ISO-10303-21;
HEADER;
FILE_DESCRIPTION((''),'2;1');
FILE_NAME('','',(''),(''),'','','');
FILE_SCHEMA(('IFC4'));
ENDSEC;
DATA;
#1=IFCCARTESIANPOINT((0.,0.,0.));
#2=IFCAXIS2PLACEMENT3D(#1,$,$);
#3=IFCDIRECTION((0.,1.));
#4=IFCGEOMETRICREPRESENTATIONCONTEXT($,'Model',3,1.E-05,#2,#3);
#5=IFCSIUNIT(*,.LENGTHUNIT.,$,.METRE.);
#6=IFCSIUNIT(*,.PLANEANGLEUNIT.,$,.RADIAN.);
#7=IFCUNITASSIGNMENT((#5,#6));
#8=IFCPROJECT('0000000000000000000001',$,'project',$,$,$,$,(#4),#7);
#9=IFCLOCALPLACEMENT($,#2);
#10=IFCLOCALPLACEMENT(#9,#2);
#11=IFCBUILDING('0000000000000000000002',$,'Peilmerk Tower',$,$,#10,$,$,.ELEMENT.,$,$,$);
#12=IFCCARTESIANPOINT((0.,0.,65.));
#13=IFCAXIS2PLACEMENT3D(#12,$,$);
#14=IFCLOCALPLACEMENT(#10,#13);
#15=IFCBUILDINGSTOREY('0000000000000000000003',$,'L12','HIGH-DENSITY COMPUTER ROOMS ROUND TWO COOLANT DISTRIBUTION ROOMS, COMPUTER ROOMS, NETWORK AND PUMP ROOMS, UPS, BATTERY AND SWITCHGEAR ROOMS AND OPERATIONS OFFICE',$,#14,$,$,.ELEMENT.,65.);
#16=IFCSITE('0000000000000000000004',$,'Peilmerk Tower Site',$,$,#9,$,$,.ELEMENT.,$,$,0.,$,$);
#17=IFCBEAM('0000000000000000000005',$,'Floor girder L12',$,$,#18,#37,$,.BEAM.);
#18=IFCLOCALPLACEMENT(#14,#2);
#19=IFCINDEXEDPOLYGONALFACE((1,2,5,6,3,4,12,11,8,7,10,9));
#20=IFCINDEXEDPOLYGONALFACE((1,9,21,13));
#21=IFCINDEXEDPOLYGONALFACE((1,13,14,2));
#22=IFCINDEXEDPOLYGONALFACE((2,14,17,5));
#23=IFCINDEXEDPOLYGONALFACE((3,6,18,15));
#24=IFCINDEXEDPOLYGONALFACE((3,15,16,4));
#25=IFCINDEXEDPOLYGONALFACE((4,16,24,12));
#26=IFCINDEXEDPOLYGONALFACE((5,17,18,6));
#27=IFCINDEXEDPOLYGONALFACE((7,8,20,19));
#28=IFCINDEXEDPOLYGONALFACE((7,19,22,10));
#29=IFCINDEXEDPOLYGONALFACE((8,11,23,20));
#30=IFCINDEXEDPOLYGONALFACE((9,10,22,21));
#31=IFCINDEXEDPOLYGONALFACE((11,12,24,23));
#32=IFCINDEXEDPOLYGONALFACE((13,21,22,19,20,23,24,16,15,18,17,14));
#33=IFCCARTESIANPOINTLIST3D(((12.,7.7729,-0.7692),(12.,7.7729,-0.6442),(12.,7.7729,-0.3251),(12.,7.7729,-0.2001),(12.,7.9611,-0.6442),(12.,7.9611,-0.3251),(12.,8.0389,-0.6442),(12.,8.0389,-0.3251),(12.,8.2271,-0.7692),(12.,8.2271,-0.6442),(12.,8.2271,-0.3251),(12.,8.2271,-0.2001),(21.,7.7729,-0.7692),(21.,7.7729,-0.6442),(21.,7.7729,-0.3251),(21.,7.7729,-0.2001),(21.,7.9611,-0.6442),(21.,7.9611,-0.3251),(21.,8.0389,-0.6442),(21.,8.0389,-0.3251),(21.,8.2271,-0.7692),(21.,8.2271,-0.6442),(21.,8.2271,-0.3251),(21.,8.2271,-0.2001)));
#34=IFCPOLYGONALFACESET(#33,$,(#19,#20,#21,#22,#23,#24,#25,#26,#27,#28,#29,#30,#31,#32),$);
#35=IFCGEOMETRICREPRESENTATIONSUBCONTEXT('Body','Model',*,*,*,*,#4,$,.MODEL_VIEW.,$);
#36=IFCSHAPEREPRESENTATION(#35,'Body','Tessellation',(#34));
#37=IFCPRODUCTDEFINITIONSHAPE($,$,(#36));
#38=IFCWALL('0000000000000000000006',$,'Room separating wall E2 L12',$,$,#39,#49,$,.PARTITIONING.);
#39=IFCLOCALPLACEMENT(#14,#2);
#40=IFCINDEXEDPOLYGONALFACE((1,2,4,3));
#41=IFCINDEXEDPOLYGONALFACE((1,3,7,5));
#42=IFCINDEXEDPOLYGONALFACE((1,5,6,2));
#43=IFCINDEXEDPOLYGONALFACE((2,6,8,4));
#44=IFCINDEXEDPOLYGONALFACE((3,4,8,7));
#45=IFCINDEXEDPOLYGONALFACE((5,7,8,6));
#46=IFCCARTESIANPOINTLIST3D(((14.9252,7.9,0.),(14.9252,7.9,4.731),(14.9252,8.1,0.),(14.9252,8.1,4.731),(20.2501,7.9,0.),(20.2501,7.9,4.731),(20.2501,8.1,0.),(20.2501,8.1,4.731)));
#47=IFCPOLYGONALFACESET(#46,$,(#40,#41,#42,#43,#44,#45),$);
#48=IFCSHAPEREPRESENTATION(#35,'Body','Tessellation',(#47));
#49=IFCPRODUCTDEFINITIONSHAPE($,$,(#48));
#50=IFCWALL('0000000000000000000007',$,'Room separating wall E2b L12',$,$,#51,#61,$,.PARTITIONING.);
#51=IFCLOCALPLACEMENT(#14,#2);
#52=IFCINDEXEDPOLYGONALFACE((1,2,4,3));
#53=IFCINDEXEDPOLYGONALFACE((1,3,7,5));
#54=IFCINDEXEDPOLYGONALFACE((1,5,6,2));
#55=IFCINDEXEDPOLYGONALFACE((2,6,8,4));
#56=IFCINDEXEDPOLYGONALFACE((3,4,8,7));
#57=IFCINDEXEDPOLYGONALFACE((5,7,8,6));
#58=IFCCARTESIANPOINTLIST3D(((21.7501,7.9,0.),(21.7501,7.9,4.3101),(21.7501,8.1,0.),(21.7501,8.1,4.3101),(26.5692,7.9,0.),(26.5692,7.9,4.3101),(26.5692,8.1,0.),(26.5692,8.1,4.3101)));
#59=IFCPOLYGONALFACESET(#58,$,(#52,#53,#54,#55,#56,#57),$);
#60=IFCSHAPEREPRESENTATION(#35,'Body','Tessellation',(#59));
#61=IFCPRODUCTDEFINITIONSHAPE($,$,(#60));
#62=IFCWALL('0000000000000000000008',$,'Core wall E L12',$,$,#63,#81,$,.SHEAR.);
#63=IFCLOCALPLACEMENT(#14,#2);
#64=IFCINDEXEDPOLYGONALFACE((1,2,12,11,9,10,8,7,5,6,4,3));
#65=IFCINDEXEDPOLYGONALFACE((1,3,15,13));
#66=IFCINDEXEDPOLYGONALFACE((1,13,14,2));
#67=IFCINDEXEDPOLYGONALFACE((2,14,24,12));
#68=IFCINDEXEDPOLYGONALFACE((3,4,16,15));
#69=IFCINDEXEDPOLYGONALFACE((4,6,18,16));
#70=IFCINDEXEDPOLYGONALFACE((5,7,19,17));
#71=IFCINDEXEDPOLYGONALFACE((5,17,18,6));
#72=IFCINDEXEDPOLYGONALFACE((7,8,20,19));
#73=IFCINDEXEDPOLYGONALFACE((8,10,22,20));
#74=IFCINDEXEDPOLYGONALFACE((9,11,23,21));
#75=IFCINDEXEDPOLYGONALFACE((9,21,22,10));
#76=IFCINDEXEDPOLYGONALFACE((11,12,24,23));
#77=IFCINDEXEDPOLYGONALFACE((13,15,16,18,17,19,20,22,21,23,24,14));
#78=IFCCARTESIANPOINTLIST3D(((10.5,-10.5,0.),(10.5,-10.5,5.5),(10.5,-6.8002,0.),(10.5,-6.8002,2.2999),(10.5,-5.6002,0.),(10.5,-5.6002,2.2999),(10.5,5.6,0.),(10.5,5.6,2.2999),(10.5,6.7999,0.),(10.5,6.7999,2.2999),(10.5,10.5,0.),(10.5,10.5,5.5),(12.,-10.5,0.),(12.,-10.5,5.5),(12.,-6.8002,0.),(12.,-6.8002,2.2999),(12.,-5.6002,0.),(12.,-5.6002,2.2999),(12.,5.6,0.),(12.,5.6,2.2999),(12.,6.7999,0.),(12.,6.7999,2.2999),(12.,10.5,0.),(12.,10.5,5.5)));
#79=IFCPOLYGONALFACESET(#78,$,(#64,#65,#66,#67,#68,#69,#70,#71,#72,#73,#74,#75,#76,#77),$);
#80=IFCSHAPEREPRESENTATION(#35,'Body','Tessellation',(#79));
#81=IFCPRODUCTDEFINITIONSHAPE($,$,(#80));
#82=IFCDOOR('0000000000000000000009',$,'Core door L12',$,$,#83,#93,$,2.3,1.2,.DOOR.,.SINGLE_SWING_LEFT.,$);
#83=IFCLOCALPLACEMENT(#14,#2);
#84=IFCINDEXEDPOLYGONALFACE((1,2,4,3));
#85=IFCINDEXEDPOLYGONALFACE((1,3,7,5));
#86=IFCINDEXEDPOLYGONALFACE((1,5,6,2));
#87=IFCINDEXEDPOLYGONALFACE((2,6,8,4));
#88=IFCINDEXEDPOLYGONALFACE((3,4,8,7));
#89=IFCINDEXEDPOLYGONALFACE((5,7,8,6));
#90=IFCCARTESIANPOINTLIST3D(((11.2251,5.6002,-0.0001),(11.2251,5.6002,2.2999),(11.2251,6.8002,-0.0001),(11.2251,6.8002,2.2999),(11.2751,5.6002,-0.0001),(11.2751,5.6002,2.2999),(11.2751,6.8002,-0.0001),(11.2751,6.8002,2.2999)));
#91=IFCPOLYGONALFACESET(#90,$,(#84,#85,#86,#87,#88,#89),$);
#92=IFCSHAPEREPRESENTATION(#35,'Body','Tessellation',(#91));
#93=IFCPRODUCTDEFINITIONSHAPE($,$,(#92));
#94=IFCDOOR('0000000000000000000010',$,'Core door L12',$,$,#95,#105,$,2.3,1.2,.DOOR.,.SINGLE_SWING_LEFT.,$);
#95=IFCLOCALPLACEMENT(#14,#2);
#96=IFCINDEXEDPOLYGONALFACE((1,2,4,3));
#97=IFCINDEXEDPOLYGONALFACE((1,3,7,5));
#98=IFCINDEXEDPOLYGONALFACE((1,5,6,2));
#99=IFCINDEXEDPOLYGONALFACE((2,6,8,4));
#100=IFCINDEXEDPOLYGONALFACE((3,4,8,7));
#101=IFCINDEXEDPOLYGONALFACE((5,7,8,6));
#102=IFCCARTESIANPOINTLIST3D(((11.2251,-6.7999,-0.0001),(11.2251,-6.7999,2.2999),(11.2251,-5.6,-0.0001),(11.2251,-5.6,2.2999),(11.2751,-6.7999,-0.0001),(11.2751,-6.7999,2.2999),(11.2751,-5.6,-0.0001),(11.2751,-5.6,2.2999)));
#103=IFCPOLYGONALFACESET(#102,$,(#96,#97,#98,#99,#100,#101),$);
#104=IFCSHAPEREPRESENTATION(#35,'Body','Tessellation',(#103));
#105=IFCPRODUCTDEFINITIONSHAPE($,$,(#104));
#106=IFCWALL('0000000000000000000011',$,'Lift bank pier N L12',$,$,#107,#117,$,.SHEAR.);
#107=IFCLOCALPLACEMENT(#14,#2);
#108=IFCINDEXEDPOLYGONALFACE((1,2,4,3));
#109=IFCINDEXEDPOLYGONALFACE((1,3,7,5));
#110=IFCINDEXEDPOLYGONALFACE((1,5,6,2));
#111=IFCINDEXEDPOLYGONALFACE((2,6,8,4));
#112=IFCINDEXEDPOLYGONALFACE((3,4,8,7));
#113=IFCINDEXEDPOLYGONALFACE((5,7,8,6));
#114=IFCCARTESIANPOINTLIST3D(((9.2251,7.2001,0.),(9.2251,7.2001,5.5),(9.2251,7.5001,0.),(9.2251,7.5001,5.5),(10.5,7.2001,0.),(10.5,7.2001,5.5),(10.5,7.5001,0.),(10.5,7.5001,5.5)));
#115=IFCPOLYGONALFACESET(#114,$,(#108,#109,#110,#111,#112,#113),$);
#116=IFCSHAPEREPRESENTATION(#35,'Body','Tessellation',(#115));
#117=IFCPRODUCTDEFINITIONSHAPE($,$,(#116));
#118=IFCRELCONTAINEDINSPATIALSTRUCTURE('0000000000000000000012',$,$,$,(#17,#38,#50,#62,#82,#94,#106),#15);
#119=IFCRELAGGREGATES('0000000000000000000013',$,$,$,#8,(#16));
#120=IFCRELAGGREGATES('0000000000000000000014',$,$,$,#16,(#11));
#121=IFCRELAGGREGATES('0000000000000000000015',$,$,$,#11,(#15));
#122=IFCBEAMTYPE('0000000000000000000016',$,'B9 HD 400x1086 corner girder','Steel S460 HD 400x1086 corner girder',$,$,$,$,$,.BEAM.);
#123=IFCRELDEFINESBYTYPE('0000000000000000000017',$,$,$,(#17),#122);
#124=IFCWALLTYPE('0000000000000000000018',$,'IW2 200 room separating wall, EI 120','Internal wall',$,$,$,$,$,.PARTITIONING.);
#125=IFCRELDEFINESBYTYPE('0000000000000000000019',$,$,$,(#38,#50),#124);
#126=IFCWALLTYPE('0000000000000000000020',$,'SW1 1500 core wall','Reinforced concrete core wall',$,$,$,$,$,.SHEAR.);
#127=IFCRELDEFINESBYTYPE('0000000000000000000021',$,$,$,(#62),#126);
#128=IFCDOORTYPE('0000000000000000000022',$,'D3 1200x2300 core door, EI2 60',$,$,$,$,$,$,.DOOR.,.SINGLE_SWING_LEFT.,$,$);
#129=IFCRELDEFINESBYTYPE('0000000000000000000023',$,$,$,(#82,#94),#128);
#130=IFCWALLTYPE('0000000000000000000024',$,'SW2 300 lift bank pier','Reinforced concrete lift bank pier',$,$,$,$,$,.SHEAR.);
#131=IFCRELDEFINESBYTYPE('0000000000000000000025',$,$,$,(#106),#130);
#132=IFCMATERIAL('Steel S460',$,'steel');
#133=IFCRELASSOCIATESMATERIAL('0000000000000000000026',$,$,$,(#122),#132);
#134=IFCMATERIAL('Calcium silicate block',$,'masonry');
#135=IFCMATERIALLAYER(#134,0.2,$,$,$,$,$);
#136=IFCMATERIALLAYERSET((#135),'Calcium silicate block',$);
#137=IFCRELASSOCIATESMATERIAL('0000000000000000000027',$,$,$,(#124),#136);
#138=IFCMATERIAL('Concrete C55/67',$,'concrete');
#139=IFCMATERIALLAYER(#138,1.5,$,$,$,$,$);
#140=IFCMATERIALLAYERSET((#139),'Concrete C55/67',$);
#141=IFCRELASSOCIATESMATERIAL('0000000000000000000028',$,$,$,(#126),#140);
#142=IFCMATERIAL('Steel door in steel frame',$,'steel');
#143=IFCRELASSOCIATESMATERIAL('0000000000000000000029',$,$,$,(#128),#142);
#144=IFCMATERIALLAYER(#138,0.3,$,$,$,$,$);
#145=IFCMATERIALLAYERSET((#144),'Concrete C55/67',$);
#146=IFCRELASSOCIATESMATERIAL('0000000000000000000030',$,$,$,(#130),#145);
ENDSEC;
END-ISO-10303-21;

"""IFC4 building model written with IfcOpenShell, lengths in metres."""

from ifc_helpers import new_model, si_unit, direction, frame, frame_2d, origin, origin_2d, place, context, subcontext, project, spatial, rectangle, i_section, extrude, material, layer, layer_set, material_profile, profile_set, type_object, element, fill, save


model = new_model("IFC4")

# Units and contexts
model_context = context("Model", 3, precision=1e-05, world=origin(), true_north=direction((0.0, 1.0)))
body_context = subcontext(model_context, "Body", "Model", "MODEL_VIEW")
ifc_project = project(units=[si_unit("LENGTHUNIT", "METRE"), si_unit("PLANEANGLEUNIT", "RADIAN")], contexts=[model_context])

# Site, building, storey
site_placement = place(None, origin())
site = spatial("IfcSite", under=ifc_project, at=site_placement, Name="Peilmerk Tower Site", CompositionType="ELEMENT", RefElevation=0.0)
building_placement = place(site_placement, origin())
building = spatial("IfcBuilding", under=site, at=building_placement, Name="Peilmerk Tower", CompositionType="ELEMENT")
storey_placement = place(building_placement, frame((0.0, 0.0, 65.0)))
storey = spatial("IfcBuildingStorey", under=building, at=storey_placement, Name="L12", Description="HIGH-DENSITY COMPUTER ROOMS ROUND TWO COOLANT DISTRIBUTION ROOMS, COMPUTER ROOMS, NETWORK AND PUMP ROOMS, UPS, BATTERY AND SWITCHGEAR ROOMS AND OPERATIONS OFFICE", CompositionType="ELEMENT", Elevation=65.0)

# Beam
ifc_material_1 = material(Name="Steel S460", Category="steel")
ifc_material_profile_1 = material_profile(ifc_material_1, i_section(OverallWidth=0.4541, OverallDepth=0.5691, WebThickness=0.0779, FlangeThickness=0.125, at=origin_2d()), Name="HD 400x1086")
ifc_profile_set_1 = profile_set([ifc_material_profile_1], Name="Steel S460")
beam_type_1 = type_object("IfcBeamType", Name="B9 HD 400x1086 corner girder", Description="Steel S460 HD 400x1086 corner girder", PredefinedType="BEAM", material=ifc_profile_set_1)
for number, where, z_axis, x_axis, name in (
    (1, (12.0, 8.0, -0.4846), (1.0, 0.0, 0.0), (0.0, 1.0, 0.0), "Floor girder L12"),
):
    element("IfcBeam", number, at=place(storey_placement, frame(where, z_axis=z_axis, x_axis=x_axis)), inside=storey, type_object=beam_type_1, Name=name, PredefinedType="BEAM", context=body_context, shape_type="SweptSolid", body=[
        extrude(i_section(OverallWidth=0.4541, OverallDepth=0.5691, WebThickness=0.0779, FlangeThickness=0.125, at=origin_2d()), origin(), (0.0, 0.0, 1.0), 9.0),
    ])

# Walls
ifc_material_2 = material(Name="Calcium silicate block", Category="masonry")
ifc_layer_1 = layer(ifc_material_2, 0.2)
ifc_layer_set_1 = layer_set([ifc_layer_1], Name="Calcium silicate block")
wall_type_1 = type_object("IfcWallType", Name="IW2 200 room separating wall, EI 120", Description="Internal wall", PredefinedType="PARTITIONING", material=ifc_layer_set_1)
wall_1_placement = place(storey_placement, frame((14.925, 8.0, 0.0), z_axis=(0.0, 0.0, 1.0), x_axis=(1.0, 0.0, 0.0)))
element("IfcWall", 2, at=wall_1_placement, inside=storey, type_object=wall_type_1, Name="Room separating wall E2 L12", PredefinedType="PARTITIONING", context=body_context, shape_type="SweptSolid", body=[
    extrude(rectangle(XDim=5.325, YDim=0.2, at=frame_2d((2.6626, 0.0))), origin(), (0.0, 0.0, 1.0), 4.731),
])
wall_2_placement = place(storey_placement, frame((21.75, 8.0, 0.0), z_axis=(0.0, 0.0, 1.0), x_axis=(1.0, 0.0, 0.0)))
element("IfcWall", 3, at=wall_2_placement, inside=storey, type_object=wall_type_1, Name="Room separating wall E2b L12", PredefinedType="PARTITIONING", context=body_context, shape_type="SweptSolid", body=[
    extrude(rectangle(XDim=4.8191, YDim=0.2, at=frame_2d((2.4097, 0.0))), origin(), (0.0, 0.0, 1.0), 4.3101),
])

# Wall, openings, doors
ifc_material_3 = material(Name="Concrete C55/67", Category="concrete")
ifc_layer_2 = layer(ifc_material_3, 1.5)
ifc_layer_set_2 = layer_set([ifc_layer_2], Name="Concrete C55/67")
wall_type_2 = type_object("IfcWallType", Name="SW1 1500 core wall", Description="Reinforced concrete core wall", PredefinedType="SHEAR", material=ifc_layer_set_2)
wall_3_placement = place(storey_placement, frame((11.25, 10.5, 0.0), z_axis=(0.0, 0.0, 1.0), x_axis=(0.0, -1.0, 0.0)))
wall_3 = element("IfcWall", 4, at=wall_3_placement, inside=storey, type_object=wall_type_2, Name="Core wall E L12", PredefinedType="SHEAR", context=body_context, shape_type="SweptSolid", body=[
    extrude(rectangle(XDim=21.0, YDim=1.5, at=frame_2d((10.5, 0.0))), origin(), (0.0, 0.0, 1.0), 5.5),
])
opening_1_placement = place(wall_3_placement, frame((3.7, 0.0, 0.0)))
opening_1 = element("IfcOpeningElement", 5, at=opening_1_placement, cuts=wall_3, PredefinedType="OPENING", context=body_context, shape_type="SweptSolid", body=[
    extrude(rectangle(XDim=1.2, YDim=2.3, at=frame_2d((0.6001, 1.1499))), frame((0.0, 0.76, 0.0), z_axis=(0.0, -1.0, 0.0), x_axis=(1.0, 0.0, 0.0)), (0.0, 0.0, 1.0), 1.52),
])
opening_2_placement = place(wall_3_placement, frame((16.1001, 0.0, 0.0)))
opening_2 = element("IfcOpeningElement", 6, at=opening_2_placement, cuts=wall_3, PredefinedType="OPENING", context=body_context, shape_type="SweptSolid", body=[
    extrude(rectangle(XDim=1.2, YDim=2.3, at=frame_2d((0.6001, 1.1499))), frame((0.0, 0.76, 0.0), z_axis=(0.0, -1.0, 0.0), x_axis=(1.0, 0.0, 0.0)), (0.0, 0.0, 1.0), 1.52),
])
ifc_material_4 = material(Name="Steel door in steel frame", Category="steel")
door_type = type_object("IfcDoorType", Name="D3 1200x2300 core door, EI2 60", OperationType="SINGLE_SWING_LEFT", PredefinedType="DOOR", material=ifc_material_4)
door_1_placement = place(opening_1_placement, frame((1.2, 0.0, 0.0), z_axis=(0.0, 0.0, 1.0), x_axis=(-1.0, 0.0, 0.0)))
door_1 = element("IfcDoor", 7, at=door_1_placement, inside=storey, type_object=door_type, Name="Core door L12", OperationType="SINGLE_SWING_LEFT", OverallHeight=2.3, OverallWidth=1.2, PredefinedType="DOOR", context=body_context, shape_type="SweptSolid", body=[
    extrude(rectangle(XDim=1.2, YDim=2.3, at=frame_2d((0.6001, 1.1499))), frame((0.0, 0.0249, 0.0), z_axis=(0.0, -1.0, 0.0), x_axis=(1.0, 0.0, 0.0)), (0.0, 0.0, 1.0), 0.05),
])
fill(opening_1, door_1)
door_2_placement = place(opening_2_placement, frame((1.2, 0.0, 0.0), z_axis=(0.0, 0.0, 1.0), x_axis=(-1.0, 0.0, 0.0)))
door_2 = element("IfcDoor", 8, at=door_2_placement, inside=storey, type_object=door_type, Name="Core door L12", OperationType="SINGLE_SWING_LEFT", OverallHeight=2.3, OverallWidth=1.2, PredefinedType="DOOR", context=body_context, shape_type="SweptSolid", body=[
    extrude(rectangle(XDim=1.2, YDim=2.3, at=frame_2d((0.6001, 1.1499))), frame((0.0, 0.0249, 0.0), z_axis=(0.0, -1.0, 0.0), x_axis=(1.0, 0.0, 0.0)), (0.0, 0.0, 1.0), 0.05),
])
fill(opening_2, door_2)

# Wall
ifc_layer_3 = layer(ifc_material_3, 0.3)
ifc_layer_set_3 = layer_set([ifc_layer_3], Name="Concrete C55/67")
wall_type_3 = type_object("IfcWallType", Name="SW2 300 lift bank pier", Description="Reinforced concrete lift bank pier", PredefinedType="SHEAR", material=ifc_layer_set_3)
wall_4_placement = place(storey_placement, frame((9.2251, 7.3501, 0.0), z_axis=(0.0, 0.0, 1.0), x_axis=(1.0, 0.0, 0.0)))
element("IfcWall", 9, at=wall_4_placement, inside=storey, type_object=wall_type_3, Name="Lift bank pier N L12", PredefinedType="SHEAR", context=body_context, shape_type="SweptSolid", body=[
    extrude(rectangle(XDim=1.2749, YDim=0.3, at=frame_2d((0.6375, 0.0))), origin(), (0.0, 0.0, 1.0), 5.5),
])

save(model, "model.ifc")
